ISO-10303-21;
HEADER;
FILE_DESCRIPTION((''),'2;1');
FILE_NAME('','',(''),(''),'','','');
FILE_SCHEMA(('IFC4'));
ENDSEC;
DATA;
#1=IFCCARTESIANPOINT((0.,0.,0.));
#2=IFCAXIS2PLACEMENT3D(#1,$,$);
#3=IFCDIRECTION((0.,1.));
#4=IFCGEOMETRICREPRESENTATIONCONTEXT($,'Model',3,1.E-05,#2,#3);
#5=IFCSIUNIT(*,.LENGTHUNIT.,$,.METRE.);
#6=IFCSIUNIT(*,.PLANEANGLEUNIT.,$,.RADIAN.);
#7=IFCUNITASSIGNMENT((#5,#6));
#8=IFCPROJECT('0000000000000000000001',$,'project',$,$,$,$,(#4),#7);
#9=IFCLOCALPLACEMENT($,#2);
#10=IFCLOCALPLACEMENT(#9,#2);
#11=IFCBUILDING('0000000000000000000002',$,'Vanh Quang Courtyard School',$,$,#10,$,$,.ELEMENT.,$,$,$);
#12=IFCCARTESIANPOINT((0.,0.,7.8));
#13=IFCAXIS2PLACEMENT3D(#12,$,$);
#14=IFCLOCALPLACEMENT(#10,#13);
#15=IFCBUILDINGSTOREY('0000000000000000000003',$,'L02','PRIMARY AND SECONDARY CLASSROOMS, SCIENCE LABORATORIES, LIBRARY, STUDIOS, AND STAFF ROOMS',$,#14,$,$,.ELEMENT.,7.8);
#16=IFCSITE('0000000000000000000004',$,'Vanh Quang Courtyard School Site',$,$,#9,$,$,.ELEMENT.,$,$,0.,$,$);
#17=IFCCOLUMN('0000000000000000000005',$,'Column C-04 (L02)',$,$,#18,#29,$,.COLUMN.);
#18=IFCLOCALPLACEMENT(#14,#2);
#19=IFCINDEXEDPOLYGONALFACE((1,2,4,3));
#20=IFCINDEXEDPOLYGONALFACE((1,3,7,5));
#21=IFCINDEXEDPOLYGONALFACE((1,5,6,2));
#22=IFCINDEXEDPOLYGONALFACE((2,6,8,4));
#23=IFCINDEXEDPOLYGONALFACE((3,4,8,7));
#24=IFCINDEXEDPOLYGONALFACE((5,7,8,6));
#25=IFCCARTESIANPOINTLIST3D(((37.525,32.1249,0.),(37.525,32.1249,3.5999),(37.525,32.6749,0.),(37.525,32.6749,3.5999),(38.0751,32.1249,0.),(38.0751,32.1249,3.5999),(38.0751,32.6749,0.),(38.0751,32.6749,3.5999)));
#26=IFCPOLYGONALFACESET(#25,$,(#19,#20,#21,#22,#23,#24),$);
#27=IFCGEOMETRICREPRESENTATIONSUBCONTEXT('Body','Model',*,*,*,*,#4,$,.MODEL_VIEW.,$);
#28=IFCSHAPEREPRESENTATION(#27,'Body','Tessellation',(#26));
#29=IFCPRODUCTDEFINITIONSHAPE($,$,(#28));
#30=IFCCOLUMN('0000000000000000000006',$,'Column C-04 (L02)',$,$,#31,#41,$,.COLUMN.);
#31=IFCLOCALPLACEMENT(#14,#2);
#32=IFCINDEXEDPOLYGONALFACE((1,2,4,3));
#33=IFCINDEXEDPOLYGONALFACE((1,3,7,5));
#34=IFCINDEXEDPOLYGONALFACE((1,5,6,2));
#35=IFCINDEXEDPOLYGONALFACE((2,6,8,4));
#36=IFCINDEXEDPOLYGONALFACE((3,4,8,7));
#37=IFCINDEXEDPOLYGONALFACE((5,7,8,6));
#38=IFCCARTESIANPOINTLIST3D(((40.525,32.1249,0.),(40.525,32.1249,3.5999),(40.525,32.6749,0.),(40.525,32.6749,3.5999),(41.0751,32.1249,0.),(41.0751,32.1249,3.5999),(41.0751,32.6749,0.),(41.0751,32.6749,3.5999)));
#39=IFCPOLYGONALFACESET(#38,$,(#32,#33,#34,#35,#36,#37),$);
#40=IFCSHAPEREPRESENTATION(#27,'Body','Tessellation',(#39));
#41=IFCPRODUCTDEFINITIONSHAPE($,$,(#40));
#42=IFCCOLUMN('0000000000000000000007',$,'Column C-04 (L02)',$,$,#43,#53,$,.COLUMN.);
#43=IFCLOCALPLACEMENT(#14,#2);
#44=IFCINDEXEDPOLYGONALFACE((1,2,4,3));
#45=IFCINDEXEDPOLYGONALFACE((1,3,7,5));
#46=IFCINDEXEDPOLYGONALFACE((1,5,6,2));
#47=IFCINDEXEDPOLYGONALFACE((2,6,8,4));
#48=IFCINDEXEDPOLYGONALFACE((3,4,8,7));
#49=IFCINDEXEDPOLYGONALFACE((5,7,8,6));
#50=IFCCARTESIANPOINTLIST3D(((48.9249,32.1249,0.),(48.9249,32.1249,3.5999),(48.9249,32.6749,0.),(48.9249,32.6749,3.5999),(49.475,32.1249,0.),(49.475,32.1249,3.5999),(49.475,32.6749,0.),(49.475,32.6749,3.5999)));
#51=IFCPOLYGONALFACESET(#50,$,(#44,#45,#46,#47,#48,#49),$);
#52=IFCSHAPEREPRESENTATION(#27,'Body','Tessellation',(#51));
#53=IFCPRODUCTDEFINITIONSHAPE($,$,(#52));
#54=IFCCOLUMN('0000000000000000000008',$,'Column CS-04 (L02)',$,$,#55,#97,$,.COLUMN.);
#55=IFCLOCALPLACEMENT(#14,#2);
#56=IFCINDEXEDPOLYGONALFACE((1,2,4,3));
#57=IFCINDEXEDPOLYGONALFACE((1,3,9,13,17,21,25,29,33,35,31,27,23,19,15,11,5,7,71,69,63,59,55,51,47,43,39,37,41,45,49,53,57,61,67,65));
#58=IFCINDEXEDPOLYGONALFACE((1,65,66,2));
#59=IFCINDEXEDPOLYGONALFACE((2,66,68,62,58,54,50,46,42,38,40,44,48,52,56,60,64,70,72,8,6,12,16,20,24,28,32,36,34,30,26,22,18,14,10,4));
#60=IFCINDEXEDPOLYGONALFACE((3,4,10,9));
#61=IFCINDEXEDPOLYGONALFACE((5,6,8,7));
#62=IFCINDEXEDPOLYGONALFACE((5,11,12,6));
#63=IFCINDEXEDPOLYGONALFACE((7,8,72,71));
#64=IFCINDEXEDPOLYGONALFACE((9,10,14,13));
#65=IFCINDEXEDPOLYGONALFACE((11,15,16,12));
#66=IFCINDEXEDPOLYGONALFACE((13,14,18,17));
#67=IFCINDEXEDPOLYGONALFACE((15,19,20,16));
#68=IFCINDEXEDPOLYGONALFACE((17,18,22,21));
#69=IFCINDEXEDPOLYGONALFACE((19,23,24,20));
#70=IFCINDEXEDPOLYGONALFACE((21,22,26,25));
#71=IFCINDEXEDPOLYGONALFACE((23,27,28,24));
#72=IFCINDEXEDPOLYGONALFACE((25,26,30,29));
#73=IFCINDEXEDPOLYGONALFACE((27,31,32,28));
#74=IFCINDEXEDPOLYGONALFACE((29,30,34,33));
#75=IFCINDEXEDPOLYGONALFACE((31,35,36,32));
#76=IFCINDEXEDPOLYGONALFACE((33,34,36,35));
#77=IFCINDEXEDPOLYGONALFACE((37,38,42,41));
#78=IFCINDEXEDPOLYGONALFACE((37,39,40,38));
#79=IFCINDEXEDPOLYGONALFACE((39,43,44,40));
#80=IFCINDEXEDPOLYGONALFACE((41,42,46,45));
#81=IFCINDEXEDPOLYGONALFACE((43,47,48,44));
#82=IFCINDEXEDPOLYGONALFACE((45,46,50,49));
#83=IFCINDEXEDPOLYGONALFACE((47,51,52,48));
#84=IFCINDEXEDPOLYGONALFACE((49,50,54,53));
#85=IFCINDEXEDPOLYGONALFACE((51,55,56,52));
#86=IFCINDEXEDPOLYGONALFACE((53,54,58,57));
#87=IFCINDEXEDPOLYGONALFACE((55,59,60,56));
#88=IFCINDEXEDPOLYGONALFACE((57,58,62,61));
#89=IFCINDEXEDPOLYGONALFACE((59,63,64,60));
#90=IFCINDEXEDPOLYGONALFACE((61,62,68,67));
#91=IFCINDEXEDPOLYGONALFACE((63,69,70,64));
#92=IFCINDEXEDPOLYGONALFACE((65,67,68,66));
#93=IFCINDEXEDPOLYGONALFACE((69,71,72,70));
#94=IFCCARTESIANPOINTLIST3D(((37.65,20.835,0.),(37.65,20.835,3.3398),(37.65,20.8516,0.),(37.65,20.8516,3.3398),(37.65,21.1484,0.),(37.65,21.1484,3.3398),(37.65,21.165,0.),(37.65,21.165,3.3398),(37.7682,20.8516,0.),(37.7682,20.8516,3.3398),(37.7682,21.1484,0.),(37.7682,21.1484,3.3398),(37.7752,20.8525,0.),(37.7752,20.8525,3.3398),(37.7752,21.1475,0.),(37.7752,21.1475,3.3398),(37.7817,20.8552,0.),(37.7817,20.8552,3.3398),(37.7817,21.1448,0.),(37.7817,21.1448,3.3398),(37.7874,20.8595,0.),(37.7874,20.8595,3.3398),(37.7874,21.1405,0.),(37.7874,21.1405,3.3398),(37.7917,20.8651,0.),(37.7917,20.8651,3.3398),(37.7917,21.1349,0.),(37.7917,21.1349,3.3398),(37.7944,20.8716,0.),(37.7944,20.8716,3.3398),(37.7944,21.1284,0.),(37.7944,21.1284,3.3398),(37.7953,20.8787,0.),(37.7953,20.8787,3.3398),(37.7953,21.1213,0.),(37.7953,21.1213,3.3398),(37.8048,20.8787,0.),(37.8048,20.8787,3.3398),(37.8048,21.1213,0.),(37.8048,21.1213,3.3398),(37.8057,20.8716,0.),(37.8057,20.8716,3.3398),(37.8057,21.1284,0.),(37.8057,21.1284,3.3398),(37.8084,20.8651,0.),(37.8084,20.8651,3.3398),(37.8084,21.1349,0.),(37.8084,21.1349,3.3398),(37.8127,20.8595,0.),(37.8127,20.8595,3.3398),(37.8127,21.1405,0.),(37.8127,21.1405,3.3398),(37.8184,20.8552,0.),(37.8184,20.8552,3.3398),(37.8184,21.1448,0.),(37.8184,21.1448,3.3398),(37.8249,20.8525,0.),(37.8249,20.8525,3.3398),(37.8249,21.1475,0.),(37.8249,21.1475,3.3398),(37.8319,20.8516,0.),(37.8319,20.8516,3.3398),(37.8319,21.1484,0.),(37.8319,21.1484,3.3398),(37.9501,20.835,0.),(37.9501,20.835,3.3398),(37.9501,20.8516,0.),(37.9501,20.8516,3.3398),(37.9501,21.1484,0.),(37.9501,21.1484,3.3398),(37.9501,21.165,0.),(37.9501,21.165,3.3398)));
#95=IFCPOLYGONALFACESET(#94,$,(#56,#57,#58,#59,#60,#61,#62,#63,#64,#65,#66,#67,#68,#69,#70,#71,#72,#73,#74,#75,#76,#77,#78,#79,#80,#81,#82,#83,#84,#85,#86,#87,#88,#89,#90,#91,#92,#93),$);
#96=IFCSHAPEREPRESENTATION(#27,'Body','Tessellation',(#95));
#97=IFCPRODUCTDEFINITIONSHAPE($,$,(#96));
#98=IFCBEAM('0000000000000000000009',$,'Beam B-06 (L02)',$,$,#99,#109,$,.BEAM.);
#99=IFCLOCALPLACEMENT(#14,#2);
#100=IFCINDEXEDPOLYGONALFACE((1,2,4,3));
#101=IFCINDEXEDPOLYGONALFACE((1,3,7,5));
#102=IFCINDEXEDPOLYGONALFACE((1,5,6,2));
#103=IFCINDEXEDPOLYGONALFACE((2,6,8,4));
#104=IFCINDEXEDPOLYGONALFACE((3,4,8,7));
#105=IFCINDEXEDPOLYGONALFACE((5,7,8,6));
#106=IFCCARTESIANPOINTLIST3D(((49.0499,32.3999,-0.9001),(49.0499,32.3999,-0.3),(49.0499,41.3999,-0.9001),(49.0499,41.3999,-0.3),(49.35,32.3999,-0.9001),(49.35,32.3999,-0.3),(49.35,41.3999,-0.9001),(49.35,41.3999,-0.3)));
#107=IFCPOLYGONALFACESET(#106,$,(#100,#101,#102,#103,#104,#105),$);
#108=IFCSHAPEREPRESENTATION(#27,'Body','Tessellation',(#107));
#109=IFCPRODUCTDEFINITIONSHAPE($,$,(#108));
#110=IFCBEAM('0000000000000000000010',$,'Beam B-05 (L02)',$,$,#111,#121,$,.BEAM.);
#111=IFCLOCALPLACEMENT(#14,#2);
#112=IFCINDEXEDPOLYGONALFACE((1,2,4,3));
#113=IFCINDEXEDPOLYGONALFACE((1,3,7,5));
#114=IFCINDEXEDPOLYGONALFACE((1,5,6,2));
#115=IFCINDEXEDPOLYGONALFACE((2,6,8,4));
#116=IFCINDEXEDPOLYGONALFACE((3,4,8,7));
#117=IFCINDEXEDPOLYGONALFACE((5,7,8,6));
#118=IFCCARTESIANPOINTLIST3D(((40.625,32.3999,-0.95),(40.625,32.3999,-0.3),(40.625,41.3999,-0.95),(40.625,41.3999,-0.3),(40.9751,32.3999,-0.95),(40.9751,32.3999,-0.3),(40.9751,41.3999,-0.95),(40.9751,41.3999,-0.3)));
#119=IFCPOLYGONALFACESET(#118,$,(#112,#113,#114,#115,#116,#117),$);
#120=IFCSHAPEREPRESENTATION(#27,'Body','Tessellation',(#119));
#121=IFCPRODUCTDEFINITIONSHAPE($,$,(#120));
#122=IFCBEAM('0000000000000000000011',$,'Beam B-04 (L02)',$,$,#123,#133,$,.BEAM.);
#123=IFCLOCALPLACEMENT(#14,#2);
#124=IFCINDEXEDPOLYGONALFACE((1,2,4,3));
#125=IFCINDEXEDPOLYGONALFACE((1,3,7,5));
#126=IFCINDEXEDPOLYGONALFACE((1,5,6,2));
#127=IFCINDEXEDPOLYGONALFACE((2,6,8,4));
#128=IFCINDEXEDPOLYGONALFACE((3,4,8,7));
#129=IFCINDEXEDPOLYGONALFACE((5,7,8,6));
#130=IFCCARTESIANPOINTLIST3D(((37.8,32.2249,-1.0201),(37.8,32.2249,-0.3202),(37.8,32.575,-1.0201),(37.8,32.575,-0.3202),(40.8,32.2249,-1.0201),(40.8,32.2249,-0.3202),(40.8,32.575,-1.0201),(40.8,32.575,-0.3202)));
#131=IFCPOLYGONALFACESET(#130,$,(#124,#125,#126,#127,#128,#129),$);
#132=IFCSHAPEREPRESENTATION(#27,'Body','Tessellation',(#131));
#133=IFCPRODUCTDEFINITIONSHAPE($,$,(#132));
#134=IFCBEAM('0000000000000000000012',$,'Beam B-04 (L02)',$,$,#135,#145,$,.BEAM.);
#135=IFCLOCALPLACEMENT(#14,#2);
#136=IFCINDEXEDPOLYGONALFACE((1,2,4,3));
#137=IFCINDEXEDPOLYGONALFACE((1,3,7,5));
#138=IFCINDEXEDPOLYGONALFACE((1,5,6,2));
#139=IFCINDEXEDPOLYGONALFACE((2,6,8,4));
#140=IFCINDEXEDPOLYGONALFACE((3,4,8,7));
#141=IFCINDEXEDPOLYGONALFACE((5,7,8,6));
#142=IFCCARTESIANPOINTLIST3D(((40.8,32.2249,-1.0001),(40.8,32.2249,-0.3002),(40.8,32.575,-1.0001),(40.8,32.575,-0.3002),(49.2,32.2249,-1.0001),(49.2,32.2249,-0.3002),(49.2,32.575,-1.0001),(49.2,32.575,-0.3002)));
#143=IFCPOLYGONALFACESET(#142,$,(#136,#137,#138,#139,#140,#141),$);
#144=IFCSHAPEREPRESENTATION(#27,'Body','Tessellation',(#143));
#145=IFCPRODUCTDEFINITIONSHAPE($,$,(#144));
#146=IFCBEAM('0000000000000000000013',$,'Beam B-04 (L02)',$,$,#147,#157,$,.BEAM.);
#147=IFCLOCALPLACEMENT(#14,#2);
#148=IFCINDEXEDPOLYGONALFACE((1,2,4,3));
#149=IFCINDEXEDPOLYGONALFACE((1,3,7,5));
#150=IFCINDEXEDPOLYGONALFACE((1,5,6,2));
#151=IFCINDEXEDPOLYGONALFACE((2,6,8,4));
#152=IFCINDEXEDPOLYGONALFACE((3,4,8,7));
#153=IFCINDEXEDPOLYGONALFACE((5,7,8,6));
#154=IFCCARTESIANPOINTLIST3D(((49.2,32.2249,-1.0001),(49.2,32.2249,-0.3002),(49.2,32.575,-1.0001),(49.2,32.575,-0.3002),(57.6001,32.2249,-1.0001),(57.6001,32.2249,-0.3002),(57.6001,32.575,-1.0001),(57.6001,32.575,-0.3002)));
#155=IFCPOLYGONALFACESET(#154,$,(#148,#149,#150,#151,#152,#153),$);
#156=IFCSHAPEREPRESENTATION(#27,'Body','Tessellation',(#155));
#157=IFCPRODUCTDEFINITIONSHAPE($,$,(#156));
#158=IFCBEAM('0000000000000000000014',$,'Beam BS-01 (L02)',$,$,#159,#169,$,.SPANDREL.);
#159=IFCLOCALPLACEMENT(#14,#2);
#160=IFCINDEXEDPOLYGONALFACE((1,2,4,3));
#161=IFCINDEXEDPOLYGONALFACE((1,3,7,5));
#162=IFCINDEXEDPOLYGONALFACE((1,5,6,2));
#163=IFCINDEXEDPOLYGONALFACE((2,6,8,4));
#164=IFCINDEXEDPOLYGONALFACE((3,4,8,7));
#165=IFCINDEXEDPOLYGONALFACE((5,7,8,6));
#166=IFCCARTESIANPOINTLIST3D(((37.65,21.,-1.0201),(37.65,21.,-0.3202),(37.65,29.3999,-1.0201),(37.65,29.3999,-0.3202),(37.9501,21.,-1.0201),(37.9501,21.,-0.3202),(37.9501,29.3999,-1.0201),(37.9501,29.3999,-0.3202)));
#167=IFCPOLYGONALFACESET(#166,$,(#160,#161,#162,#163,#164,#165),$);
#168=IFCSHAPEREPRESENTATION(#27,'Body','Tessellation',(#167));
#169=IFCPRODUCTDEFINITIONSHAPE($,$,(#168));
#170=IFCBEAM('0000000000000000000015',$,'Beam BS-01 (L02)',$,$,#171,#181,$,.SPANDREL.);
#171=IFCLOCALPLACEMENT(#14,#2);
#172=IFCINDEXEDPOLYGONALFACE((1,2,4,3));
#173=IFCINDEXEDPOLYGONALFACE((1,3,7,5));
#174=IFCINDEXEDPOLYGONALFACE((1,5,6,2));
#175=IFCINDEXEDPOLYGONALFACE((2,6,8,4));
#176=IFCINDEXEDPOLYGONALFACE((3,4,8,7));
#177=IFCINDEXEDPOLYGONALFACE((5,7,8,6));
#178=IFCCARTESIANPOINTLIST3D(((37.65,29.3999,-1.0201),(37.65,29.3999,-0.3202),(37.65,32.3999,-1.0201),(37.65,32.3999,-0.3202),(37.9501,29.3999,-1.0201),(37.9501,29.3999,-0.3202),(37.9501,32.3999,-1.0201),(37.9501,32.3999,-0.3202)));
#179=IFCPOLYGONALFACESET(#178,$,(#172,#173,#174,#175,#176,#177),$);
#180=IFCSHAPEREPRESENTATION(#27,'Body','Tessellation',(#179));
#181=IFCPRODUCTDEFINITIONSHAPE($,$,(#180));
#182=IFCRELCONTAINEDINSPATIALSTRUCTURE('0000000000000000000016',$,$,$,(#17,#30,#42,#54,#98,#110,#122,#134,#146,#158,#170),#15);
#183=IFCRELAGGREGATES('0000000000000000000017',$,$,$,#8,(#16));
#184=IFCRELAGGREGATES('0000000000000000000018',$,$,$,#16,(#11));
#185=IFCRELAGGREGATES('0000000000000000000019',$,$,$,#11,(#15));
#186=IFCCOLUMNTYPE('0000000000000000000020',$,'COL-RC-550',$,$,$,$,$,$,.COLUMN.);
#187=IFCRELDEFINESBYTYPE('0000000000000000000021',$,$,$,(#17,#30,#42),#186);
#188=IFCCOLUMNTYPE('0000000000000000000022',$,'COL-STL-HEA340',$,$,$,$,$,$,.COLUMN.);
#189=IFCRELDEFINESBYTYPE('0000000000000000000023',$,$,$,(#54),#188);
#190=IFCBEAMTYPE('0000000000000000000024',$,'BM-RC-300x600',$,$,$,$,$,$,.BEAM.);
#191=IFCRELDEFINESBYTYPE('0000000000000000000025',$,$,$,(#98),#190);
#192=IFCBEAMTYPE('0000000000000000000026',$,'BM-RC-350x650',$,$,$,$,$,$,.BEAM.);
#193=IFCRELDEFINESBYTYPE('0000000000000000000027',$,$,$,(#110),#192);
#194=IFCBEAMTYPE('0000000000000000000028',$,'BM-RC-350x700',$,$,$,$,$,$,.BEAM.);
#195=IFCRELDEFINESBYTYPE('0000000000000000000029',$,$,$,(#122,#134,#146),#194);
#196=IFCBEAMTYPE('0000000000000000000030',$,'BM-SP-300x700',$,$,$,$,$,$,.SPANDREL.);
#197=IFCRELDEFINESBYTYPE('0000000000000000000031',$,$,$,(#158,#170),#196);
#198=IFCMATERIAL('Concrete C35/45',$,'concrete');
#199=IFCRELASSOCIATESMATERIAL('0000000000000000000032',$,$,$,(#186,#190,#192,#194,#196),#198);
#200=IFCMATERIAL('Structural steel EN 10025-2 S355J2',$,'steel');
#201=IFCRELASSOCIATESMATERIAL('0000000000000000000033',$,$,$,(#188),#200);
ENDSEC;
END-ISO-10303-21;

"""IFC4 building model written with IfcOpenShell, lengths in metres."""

from ifc_helpers import new_model, si_unit, direction, frame, origin, origin_2d, place, context, subcontext, project, spatial, rectangle, i_section, extrude, material, material_profile, profile_set, type_object, element, save


model = new_model("IFC4")

# Units and contexts
model_context = context("Model", 3, precision=1e-05, world=origin(), true_north=direction((0.0, 1.0)))
body_context = subcontext(model_context, "Body", "Model", "MODEL_VIEW")
ifc_project = project(units=[si_unit("LENGTHUNIT", "METRE"), si_unit("PLANEANGLEUNIT", "RADIAN")], contexts=[model_context])

# Site, building, storey
site_placement = place(None, origin())
site = spatial("IfcSite", under=ifc_project, at=site_placement, Name="Vanh Quang Courtyard School Site", CompositionType="ELEMENT", RefElevation=0.0)
building_placement = place(site_placement, origin())
building = spatial("IfcBuilding", under=site, at=building_placement, Name="Vanh Quang Courtyard School", CompositionType="ELEMENT")
storey_placement = place(building_placement, frame((0.0, 0.0, 7.8)))
storey = spatial("IfcBuildingStorey", under=building, at=storey_placement, Name="L02", Description="PRIMARY AND SECONDARY CLASSROOMS, SCIENCE LABORATORIES, LIBRARY, STUDIOS, AND STAFF ROOMS", CompositionType="ELEMENT", Elevation=7.8)

# Columns
ifc_material_1 = material(Name="Concrete C35/45", Category="concrete")
ifc_material_profile_1 = material_profile(ifc_material_1, rectangle(XDim=0.55, YDim=0.55, at=origin_2d()), Name="RC-COL 550x550")
ifc_profile_set_1 = profile_set([ifc_material_profile_1], Name="Concrete C35/45")
column_type_1 = type_object("IfcColumnType", Name="COL-RC-550", PredefinedType="COLUMN", material=ifc_profile_set_1)
for number, where, z_axis, x_axis, name in (
    (1, (37.8, 32.3999, 0.0), (0.0, 0.0, 1.0), (1.0, 0.0, 0.0), "Column C-04 (L02)"),
    (2, (40.8, 32.3999, 0.0), (0.0, 0.0, 1.0), (1.0, 0.0, 0.0), "Column C-04 (L02)"),
    (3, (49.2, 32.3999, 0.0), (0.0, 0.0, 1.0), (1.0, 0.0, 0.0), "Column C-04 (L02)"),
):
    element("IfcColumn", number, at=place(storey_placement, frame(where, z_axis=z_axis, x_axis=x_axis)), inside=storey, type_object=column_type_1, Name=name, PredefinedType="COLUMN", context=body_context, shape_type="SweptSolid", body=[
        extrude(rectangle(XDim=0.55, YDim=0.55, at=origin_2d()), origin(), (0.0, 0.0, 1.0), 3.5999),
    ])
ifc_material_2 = material(Name="Structural steel EN 10025-2 S355J2", Category="steel")
ifc_material_profile_2 = material_profile(ifc_material_2, i_section(OverallWidth=0.3, OverallDepth=0.3301, WebThickness=0.0095, FlangeThickness=0.0166, FilletRadius=0.0271, at=origin_2d()), Name="HEA 340")
ifc_profile_set_2 = profile_set([ifc_material_profile_2], Name="Structural steel EN 10025-2 S355J2")
column_type_2 = type_object("IfcColumnType", Name="COL-STL-HEA340", PredefinedType="COLUMN", material=ifc_profile_set_2)
column_placement = place(storey_placement, frame((37.8, 21.0, 0.0), z_axis=(0.0, 0.0, 1.0), x_axis=(1.0, 0.0, 0.0)))
element("IfcColumn", 4, at=column_placement, inside=storey, type_object=column_type_2, Name="Column CS-04 (L02)", PredefinedType="COLUMN", context=body_context, shape_type="SweptSolid", body=[
    extrude(i_section(OverallWidth=0.3, OverallDepth=0.3301, WebThickness=0.0095, FlangeThickness=0.0166, FilletRadius=0.0271, at=origin_2d()), origin(), (0.0, 0.0, 1.0), 3.3398),
])

# Beams
ifc_material_profile_3 = material_profile(ifc_material_1, rectangle(XDim=0.3, YDim=0.6001, at=origin_2d()), Name="RC-BM 300x600")
ifc_profile_set_3 = profile_set([ifc_material_profile_3], Name="Concrete C35/45")
beam_type_1 = type_object("IfcBeamType", Name="BM-RC-300x600", PredefinedType="BEAM", material=ifc_profile_set_3)
beam_1_placement = place(storey_placement, frame((49.2, 32.3999, -0.6001), z_axis=(0.0, 1.0, 0.0), x_axis=(-1.0, 0.0, 0.0)))
element("IfcBeam", 5, at=beam_1_placement, inside=storey, type_object=beam_type_1, Name="Beam B-06 (L02)", PredefinedType="BEAM", context=body_context, shape_type="SweptSolid", body=[
    extrude(rectangle(XDim=0.3, YDim=0.6001, at=origin_2d()), origin(), (0.0, 0.0, 1.0), 9.0),
])
ifc_material_profile_4 = material_profile(ifc_material_1, rectangle(XDim=0.3501, YDim=0.6499, at=origin_2d()), Name="RC-BM 350x650")
ifc_profile_set_4 = profile_set([ifc_material_profile_4], Name="Concrete C35/45")
beam_type_2 = type_object("IfcBeamType", Name="BM-RC-350x650", PredefinedType="BEAM", material=ifc_profile_set_4)
beam_2_placement = place(storey_placement, frame((40.8, 32.3999, -0.625), z_axis=(0.0, 1.0, 0.0), x_axis=(-1.0, 0.0, 0.0)))
element("IfcBeam", 6, at=beam_2_placement, inside=storey, type_object=beam_type_2, Name="Beam B-05 (L02)", PredefinedType="BEAM", context=body_context, shape_type="SweptSolid", body=[
    extrude(rectangle(XDim=0.3501, YDim=0.6499, at=origin_2d()), origin(), (0.0, 0.0, 1.0), 9.0),
])
ifc_material_profile_5 = material_profile(ifc_material_1, rectangle(XDim=0.3501, YDim=0.7, at=origin_2d()), Name="RC-BM 350x700")
ifc_profile_set_5 = profile_set([ifc_material_profile_5], Name="Concrete C35/45")
beam_type_3 = type_object("IfcBeamType", Name="BM-RC-350x700", PredefinedType="BEAM", material=ifc_profile_set_5)
beam_3_placement = place(storey_placement, frame((37.8, 32.3999, -0.6702), z_axis=(1.0, 0.0, 0.0), x_axis=(0.0, 1.0, 0.0)))
element("IfcBeam", 7, at=beam_3_placement, inside=storey, type_object=beam_type_3, Name="Beam B-04 (L02)", PredefinedType="BEAM", context=body_context, shape_type="SweptSolid", body=[
    extrude(rectangle(XDim=0.3501, YDim=0.7, at=origin_2d()), origin(), (0.0, 0.0, 1.0), 3.0),
])
beam_4_placement = place(storey_placement, frame((40.8, 32.3999, -0.6501), z_axis=(1.0, 0.0, 0.0), x_axis=(0.0, 1.0, 0.0)))
element("IfcBeam", 8, at=beam_4_placement, inside=storey, type_object=beam_type_3, Name="Beam B-04 (L02)", PredefinedType="BEAM", context=body_context, shape_type="SweptSolid", body=[
    extrude(rectangle(XDim=0.3501, YDim=0.7, at=origin_2d()), origin(), (0.0, 0.0, 1.0), 8.3999),
])
beam_5_placement = place(storey_placement, frame((49.2, 32.3999, -0.6501), z_axis=(1.0, 0.0, 0.0), x_axis=(0.0, 1.0, 0.0)))
element("IfcBeam", 9, at=beam_5_placement, inside=storey, type_object=beam_type_3, Name="Beam B-04 (L02)", PredefinedType="BEAM", context=body_context, shape_type="SweptSolid", body=[
    extrude(rectangle(XDim=0.3501, YDim=0.7, at=origin_2d()), origin(), (0.0, 0.0, 1.0), 8.4001),
])
ifc_material_profile_6 = material_profile(ifc_material_1, rectangle(XDim=0.3, YDim=0.7, at=origin_2d()), Name="RC-SP 300x700")
ifc_profile_set_6 = profile_set([ifc_material_profile_6], Name="Concrete C35/45")
beam_type_4 = type_object("IfcBeamType", Name="BM-SP-300x700", PredefinedType="SPANDREL", material=ifc_profile_set_6)
beam_6_placement = place(storey_placement, frame((37.8, 21.0, -0.6702), z_axis=(0.0, 1.0, 0.0), x_axis=(-1.0, 0.0, 0.0)))
element("IfcBeam", 10, at=beam_6_placement, inside=storey, type_object=beam_type_4, Name="Beam BS-01 (L02)", PredefinedType="SPANDREL", context=body_context, shape_type="SweptSolid", body=[
    extrude(rectangle(XDim=0.3, YDim=0.7, at=origin_2d()), origin(), (0.0, 0.0, 1.0), 8.3999),
])
beam_7_placement = place(storey_placement, frame((37.8, 29.3999, -0.6702), z_axis=(0.0, 1.0, 0.0), x_axis=(-1.0, 0.0, 0.0)))
element("IfcBeam", 11, at=beam_7_placement, inside=storey, type_object=beam_type_4, Name="Beam BS-01 (L02)", PredefinedType="SPANDREL", context=body_context, shape_type="SweptSolid", body=[
    extrude(rectangle(XDim=0.3, YDim=0.7, at=origin_2d()), origin(), (0.0, 0.0, 1.0), 3.0),
])

save(model, "model.ifc")
